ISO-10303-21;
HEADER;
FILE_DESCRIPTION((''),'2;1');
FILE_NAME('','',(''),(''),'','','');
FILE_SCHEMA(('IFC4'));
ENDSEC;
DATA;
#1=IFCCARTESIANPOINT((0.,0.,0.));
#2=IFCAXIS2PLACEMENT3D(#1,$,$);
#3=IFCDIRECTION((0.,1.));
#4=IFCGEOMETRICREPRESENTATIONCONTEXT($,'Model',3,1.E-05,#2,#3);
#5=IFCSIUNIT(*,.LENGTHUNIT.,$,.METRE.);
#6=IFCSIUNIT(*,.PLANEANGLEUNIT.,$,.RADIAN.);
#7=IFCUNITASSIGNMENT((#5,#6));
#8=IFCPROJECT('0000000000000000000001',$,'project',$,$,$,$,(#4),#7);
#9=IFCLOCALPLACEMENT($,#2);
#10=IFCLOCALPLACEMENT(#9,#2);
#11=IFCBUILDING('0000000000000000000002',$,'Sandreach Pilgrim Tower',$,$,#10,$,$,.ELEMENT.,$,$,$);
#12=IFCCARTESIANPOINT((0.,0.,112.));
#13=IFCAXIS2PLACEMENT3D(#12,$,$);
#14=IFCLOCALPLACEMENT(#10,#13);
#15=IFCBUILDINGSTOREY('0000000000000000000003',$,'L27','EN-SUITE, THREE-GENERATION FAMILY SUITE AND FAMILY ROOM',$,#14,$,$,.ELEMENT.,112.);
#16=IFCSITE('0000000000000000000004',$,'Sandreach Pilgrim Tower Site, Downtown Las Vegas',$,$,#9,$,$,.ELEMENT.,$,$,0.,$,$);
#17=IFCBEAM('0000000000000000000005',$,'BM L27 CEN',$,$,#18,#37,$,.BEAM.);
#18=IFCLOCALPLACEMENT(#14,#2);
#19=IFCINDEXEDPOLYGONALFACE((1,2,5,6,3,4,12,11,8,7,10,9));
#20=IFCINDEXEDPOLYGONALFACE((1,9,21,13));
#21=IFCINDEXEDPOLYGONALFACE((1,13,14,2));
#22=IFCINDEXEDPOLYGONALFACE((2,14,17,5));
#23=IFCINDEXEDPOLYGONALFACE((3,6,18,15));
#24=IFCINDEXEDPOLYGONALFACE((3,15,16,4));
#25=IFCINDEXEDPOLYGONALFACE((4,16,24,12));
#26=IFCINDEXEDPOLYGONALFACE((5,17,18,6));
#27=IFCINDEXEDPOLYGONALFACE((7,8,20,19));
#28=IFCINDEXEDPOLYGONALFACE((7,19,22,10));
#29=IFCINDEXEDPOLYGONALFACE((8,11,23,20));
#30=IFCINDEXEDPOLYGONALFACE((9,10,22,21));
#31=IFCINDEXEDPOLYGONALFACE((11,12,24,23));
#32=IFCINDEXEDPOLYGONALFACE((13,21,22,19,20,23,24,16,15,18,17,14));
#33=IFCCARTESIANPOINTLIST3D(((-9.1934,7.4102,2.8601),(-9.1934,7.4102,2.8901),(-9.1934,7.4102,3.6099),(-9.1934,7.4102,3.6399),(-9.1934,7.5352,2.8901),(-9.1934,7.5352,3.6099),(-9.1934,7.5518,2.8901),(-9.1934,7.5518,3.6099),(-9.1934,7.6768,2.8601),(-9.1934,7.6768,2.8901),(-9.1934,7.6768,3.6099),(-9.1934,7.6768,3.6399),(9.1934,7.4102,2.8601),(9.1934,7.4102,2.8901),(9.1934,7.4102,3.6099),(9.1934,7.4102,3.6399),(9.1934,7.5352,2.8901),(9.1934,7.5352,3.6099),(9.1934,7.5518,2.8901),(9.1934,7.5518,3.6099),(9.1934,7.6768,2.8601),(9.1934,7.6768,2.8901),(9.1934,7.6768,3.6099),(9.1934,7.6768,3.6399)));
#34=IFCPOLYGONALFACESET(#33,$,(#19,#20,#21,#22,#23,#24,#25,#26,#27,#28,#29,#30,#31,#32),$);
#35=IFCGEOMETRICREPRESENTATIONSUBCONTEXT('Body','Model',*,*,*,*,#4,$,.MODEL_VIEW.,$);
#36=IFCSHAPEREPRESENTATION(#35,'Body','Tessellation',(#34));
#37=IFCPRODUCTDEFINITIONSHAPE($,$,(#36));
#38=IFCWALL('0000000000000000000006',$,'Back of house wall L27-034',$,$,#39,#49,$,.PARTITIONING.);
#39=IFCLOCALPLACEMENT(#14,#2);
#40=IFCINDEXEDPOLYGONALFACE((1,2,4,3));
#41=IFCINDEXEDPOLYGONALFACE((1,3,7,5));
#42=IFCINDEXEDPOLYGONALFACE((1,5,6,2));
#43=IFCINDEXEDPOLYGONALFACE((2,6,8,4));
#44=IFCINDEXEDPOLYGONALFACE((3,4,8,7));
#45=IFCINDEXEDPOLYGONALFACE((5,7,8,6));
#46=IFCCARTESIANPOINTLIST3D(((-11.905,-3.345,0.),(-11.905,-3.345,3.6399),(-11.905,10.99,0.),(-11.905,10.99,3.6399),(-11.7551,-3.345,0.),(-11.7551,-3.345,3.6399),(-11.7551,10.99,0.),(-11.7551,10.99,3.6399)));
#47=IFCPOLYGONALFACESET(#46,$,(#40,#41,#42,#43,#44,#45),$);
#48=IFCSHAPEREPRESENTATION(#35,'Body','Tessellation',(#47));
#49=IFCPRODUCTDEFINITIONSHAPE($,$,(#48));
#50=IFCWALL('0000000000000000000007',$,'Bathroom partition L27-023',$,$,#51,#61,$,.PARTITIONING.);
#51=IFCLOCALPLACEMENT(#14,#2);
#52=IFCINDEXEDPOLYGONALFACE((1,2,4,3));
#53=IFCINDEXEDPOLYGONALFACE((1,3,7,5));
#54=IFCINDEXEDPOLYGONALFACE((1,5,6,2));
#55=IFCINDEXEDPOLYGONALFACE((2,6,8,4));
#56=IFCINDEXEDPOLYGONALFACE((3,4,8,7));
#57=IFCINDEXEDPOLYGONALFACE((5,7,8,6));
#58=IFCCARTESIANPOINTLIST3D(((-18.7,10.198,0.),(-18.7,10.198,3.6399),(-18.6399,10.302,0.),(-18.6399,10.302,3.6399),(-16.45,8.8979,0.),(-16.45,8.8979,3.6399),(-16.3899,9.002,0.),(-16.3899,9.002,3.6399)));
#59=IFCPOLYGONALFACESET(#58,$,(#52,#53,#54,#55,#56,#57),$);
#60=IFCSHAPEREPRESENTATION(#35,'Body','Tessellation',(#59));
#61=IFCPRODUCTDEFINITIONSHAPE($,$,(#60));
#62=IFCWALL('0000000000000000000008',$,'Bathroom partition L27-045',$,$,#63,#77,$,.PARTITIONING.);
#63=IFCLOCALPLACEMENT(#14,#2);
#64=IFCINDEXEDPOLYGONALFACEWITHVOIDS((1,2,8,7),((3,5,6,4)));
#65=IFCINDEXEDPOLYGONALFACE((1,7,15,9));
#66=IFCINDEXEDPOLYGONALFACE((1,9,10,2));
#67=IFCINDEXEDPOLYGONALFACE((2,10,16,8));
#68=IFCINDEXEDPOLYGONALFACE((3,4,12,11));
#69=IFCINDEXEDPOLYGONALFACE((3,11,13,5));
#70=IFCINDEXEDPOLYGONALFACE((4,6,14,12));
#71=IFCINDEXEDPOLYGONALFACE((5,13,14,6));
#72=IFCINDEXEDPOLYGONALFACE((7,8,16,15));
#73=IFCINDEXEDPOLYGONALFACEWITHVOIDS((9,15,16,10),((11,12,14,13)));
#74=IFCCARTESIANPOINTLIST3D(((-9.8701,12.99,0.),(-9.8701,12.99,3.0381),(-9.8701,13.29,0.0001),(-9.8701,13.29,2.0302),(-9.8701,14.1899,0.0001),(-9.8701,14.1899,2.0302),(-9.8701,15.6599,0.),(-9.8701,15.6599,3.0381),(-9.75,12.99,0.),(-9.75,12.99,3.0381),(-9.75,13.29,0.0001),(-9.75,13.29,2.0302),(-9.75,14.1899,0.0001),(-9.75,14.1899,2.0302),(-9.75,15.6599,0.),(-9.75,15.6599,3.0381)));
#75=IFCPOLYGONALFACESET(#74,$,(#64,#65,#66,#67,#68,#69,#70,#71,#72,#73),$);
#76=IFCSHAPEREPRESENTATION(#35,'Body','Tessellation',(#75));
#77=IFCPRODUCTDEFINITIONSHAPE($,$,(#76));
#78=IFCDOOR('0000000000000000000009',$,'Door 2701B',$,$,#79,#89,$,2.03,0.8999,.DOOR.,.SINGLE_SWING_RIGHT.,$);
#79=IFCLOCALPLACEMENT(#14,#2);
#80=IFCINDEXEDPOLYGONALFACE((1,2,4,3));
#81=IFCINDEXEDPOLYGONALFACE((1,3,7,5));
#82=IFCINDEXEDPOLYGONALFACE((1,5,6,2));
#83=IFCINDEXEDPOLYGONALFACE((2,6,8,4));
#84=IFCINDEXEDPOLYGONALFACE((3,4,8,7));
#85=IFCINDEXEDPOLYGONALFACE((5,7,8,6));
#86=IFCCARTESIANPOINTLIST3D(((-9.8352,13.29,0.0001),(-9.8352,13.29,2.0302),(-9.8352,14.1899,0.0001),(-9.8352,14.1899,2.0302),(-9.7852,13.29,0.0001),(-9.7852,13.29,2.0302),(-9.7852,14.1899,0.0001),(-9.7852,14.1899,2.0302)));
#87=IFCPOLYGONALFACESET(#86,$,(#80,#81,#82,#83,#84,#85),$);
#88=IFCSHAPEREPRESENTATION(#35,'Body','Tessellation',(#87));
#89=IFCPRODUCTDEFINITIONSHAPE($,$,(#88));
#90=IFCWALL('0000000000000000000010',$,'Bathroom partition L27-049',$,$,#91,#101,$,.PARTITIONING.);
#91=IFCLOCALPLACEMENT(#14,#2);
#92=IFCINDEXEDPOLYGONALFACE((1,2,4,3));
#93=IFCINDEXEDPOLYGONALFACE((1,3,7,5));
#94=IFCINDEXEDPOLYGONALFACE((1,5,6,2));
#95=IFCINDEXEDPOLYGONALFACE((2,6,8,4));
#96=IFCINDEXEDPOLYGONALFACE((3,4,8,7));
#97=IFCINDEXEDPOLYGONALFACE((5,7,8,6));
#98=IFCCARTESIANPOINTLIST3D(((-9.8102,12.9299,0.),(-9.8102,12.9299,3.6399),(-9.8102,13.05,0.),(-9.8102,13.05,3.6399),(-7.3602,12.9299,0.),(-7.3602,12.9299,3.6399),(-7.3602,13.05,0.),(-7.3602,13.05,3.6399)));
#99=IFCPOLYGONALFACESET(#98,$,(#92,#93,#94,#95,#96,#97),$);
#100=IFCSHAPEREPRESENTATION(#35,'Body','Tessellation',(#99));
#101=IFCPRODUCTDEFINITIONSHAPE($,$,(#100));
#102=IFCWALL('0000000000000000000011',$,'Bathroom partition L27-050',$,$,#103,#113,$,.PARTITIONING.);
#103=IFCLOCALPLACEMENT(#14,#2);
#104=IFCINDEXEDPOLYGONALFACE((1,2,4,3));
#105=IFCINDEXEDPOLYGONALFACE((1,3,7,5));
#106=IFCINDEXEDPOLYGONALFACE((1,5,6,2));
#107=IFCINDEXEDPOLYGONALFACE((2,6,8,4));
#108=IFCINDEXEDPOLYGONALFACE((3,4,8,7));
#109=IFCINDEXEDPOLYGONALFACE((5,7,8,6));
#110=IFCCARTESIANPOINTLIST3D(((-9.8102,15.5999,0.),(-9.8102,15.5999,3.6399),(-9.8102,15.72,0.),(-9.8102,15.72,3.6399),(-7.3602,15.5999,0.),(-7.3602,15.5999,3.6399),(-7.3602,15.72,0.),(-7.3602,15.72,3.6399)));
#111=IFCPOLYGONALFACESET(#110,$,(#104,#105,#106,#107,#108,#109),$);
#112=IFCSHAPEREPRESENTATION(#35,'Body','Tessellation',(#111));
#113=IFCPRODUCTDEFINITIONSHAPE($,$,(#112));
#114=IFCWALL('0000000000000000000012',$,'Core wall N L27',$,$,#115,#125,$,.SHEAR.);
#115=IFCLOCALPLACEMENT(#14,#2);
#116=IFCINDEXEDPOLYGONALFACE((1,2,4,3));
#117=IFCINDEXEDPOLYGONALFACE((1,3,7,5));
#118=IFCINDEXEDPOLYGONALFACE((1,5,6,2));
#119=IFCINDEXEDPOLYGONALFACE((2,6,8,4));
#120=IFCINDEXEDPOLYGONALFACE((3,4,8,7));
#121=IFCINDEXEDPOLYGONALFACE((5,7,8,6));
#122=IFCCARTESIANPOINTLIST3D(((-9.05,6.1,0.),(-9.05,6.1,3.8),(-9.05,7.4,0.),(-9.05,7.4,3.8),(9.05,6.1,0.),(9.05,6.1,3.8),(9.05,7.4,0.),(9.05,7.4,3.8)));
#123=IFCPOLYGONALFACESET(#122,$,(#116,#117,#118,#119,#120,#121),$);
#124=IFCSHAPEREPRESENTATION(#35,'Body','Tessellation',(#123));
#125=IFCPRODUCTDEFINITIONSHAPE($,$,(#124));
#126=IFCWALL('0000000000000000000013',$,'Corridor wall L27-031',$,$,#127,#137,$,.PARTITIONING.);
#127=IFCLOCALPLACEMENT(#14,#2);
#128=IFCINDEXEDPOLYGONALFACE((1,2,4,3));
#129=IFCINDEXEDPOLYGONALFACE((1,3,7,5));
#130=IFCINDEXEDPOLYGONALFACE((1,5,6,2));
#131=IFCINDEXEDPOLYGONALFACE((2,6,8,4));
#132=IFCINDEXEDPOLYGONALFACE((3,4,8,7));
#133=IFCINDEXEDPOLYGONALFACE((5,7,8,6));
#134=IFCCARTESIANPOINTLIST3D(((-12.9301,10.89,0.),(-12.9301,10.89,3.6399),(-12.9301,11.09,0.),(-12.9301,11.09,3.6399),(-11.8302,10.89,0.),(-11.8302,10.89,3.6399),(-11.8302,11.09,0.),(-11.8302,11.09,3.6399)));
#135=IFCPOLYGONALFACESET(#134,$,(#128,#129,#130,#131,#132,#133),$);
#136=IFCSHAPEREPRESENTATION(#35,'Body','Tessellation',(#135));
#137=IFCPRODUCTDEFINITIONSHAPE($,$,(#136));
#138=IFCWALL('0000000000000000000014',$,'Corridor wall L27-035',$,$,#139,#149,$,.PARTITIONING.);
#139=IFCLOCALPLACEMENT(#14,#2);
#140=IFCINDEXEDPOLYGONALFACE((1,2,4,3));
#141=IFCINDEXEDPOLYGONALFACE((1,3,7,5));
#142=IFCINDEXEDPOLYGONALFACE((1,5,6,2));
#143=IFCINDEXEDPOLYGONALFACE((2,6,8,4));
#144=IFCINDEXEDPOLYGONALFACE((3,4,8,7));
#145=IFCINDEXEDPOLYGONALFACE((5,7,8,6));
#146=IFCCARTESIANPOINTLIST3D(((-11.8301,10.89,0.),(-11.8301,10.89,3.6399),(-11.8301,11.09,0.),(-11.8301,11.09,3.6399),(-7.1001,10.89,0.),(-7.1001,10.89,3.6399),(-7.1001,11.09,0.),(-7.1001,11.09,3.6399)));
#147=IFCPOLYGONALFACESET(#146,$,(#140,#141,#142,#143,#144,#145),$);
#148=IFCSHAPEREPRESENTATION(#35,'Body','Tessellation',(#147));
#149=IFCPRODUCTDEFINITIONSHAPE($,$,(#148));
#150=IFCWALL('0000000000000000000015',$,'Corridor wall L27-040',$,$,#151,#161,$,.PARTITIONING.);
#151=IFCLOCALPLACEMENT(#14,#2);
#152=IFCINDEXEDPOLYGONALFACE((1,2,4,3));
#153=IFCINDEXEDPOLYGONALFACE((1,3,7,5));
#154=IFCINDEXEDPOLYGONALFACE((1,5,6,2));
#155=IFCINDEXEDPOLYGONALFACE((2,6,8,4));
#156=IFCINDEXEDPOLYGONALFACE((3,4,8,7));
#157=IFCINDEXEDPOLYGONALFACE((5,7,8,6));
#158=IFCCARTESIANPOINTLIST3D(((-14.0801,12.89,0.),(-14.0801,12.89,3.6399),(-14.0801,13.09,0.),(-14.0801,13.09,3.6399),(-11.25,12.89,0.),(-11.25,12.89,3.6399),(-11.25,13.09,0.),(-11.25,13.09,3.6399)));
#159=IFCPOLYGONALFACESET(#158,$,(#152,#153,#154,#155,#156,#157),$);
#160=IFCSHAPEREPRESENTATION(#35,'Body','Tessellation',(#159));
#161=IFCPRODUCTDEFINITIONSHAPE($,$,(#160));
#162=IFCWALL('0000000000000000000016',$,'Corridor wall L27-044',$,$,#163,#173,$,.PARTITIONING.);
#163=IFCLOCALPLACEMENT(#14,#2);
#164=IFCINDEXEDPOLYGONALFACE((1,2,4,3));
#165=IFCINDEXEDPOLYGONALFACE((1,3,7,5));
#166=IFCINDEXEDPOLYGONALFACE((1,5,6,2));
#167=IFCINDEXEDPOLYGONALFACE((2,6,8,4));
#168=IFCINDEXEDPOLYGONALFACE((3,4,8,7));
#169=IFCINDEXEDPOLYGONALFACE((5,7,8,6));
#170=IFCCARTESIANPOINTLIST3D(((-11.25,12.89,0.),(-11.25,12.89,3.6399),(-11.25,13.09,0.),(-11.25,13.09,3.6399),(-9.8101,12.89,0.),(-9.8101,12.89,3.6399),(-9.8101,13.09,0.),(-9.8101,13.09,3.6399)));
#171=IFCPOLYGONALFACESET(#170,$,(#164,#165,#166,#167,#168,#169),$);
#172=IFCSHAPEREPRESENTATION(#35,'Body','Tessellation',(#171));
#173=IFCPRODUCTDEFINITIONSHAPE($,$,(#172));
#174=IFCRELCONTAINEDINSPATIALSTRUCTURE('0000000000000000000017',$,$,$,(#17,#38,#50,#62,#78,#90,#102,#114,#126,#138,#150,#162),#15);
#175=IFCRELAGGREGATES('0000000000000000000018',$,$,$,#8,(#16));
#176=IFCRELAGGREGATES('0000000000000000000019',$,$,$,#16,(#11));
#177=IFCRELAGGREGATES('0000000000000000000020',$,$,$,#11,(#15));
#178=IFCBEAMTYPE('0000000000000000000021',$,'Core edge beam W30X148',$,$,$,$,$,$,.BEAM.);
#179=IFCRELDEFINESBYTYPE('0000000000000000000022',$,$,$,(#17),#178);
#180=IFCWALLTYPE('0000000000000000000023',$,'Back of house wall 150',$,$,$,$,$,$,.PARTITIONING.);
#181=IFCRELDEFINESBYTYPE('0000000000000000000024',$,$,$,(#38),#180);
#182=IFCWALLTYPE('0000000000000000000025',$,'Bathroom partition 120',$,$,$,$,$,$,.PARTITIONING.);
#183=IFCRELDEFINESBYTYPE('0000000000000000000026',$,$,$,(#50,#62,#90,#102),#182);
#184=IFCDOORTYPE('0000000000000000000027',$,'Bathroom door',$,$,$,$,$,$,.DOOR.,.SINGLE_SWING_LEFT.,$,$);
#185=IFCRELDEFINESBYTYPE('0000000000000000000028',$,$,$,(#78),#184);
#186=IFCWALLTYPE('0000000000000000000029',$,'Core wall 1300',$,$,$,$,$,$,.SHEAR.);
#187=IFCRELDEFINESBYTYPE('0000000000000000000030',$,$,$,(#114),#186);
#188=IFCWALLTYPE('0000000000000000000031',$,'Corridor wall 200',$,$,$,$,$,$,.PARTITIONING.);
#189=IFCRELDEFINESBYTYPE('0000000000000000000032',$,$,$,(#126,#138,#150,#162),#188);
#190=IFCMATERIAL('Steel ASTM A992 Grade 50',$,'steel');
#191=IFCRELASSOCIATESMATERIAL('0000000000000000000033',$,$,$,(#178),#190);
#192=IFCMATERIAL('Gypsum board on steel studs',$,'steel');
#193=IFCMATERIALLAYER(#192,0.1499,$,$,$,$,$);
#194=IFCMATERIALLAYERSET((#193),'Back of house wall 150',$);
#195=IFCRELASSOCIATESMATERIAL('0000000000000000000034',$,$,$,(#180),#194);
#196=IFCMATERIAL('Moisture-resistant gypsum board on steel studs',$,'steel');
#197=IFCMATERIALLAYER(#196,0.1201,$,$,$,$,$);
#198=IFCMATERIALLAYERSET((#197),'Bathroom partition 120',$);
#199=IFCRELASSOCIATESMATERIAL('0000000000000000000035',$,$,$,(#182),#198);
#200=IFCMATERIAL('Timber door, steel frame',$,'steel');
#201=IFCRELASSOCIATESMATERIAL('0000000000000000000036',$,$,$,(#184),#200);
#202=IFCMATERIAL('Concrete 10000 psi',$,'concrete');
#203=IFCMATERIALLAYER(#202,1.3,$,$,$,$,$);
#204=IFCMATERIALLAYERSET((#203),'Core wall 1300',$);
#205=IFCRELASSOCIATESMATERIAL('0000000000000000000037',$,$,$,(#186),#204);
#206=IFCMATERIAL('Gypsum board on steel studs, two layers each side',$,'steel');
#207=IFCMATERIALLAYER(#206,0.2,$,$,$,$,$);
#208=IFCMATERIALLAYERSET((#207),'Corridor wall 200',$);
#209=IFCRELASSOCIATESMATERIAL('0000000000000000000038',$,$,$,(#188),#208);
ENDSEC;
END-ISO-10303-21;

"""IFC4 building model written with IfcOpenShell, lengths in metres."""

from ifc_helpers import new_model, si_unit, direction, frame, frame_2d, origin, origin_2d, place, context, subcontext, project, spatial, rectangle, i_section, extrude, material, layer, layer_set, material_profile, profile_set, type_object, element, fill, save


model = new_model("IFC4")

# Units and contexts
model_context = context("Model", 3, precision=1e-05, world=origin(), true_north=direction((0.0, 1.0)))
body_context = subcontext(model_context, "Body", "Model", "MODEL_VIEW")
ifc_project = project(units=[si_unit("LENGTHUNIT", "METRE"), si_unit("PLANEANGLEUNIT", "RADIAN")], contexts=[model_context])

# Site, building, storey
site_placement = place(None, origin())
site = spatial("IfcSite", under=ifc_project, at=site_placement, Name="Sandreach Pilgrim Tower Site, Downtown Las Vegas", CompositionType="ELEMENT", RefElevation=0.0)
building_placement = place(site_placement, origin())
building = spatial("IfcBuilding", under=site, at=building_placement, Name="Sandreach Pilgrim Tower", CompositionType="ELEMENT")
storey_placement = place(building_placement, frame((0.0, 0.0, 112.0)))
storey = spatial("IfcBuildingStorey", under=building, at=storey_placement, Name="L27", Description="EN-SUITE, THREE-GENERATION FAMILY SUITE AND FAMILY ROOM", CompositionType="ELEMENT", Elevation=112.0)

# Beam
ifc_material_1 = material(Name="Steel ASTM A992 Grade 50", Category="steel")
ifc_material_profile = material_profile(ifc_material_1, i_section(OverallWidth=0.2666, OverallDepth=0.7798, WebThickness=0.0166, FlangeThickness=0.03, at=origin_2d()), Name="W30X148")
ifc_profile_set = profile_set([ifc_material_profile], Name="Steel ASTM A992 Grade 50")
beam_type = type_object("IfcBeamType", Name="Core edge beam W30X148", PredefinedType="BEAM", material=ifc_profile_set)
beam_placement = place(storey_placement, frame((-9.1934, 7.5435, 3.25), z_axis=(1.0, 0.0, 0.0), x_axis=(0.0, 1.0, 0.0)))
element("IfcBeam", 1, at=beam_placement, inside=storey, type_object=beam_type, Name="BM L27 CEN", PredefinedType="BEAM", context=body_context, shape_type="SweptSolid", body=[
    extrude(i_section(OverallWidth=0.2666, OverallDepth=0.7798, WebThickness=0.0166, FlangeThickness=0.03, at=origin_2d()), origin(), (0.0, 0.0, 1.0), 18.3867),
])

# Walls
ifc_material_2 = material(Name="Gypsum board on steel studs", Category="steel")
ifc_layer_1 = layer(ifc_material_2, 0.1499)
ifc_layer_set_1 = layer_set([ifc_layer_1], Name="Back of house wall 150")
wall_type_1 = type_object("IfcWallType", Name="Back of house wall 150", PredefinedType="PARTITIONING", material=ifc_layer_set_1)
wall_1_placement = place(storey_placement, frame((-11.8301, 10.99, 0.0), z_axis=(0.0, 0.0, 1.0), x_axis=(0.0, -1.0, 0.0)))
element("IfcWall", 2, at=wall_1_placement, inside=storey, type_object=wall_type_1, Name="Back of house wall L27-034", PredefinedType="PARTITIONING", context=body_context, shape_type="SweptSolid", body=[
    extrude(rectangle(XDim=14.335, YDim=0.1499, at=frame_2d((7.1675, 0.0))), origin(), (0.0, 0.0, 1.0), 3.6399),
])
ifc_material_3 = material(Name="Moisture-resistant gypsum board on steel studs", Category="steel")
ifc_layer_2 = layer(ifc_material_3, 0.1201)
ifc_layer_set_2 = layer_set([ifc_layer_2], Name="Bathroom partition 120")
wall_type_2 = type_object("IfcWallType", Name="Bathroom partition 120", PredefinedType="PARTITIONING", material=ifc_layer_set_2)
wall_2_placement = place(storey_placement, frame((-16.4199, 8.95, 0.0), z_axis=(0.0, 0.0, 1.0), x_axis=(-0.865857, 0.500292, 0.0)))
element("IfcWall", 3, at=wall_2_placement, inside=storey, type_object=wall_type_2, Name="Bathroom partition L27-023", PredefinedType="PARTITIONING", context=body_context, shape_type="SweptSolid", body=[
    extrude(rectangle(XDim=2.5986, YDim=0.1201, at=frame_2d((1.2993, 0.0))), origin(), (0.0, 0.0, 1.0), 3.6399),
])

# Wall, opening, door
wall_3_placement = place(storey_placement, frame((-9.8101, 15.6599, 0.0), z_axis=(0.0, 0.0, 1.0), x_axis=(0.0, -1.0, 0.0)))
wall_3 = element("IfcWall", 4, at=wall_3_placement, inside=storey, type_object=wall_type_2, Name="Bathroom partition L27-045", PredefinedType="PARTITIONING", context=body_context, shape_type="SweptSolid", body=[
    extrude(rectangle(XDim=2.6699, YDim=0.1201, at=frame_2d((1.335, 0.0))), origin(), (0.0, 0.0, 1.0), 3.0381),
])
opening_1_placement = place(wall_3_placement, frame((1.47, 0.0, 0.0)))
opening_1 = element("IfcOpeningElement", 5, at=opening_1_placement, cuts=wall_3, PredefinedType="OPENING", context=body_context, shape_type="SweptSolid", body=[
    extrude(rectangle(XDim=0.8999, YDim=2.03, at=frame_2d((0.45, 1.0151))), frame((0.0, 0.0601, 0.0), z_axis=(0.0, -1.0, 0.0), x_axis=(1.0, 0.0, 0.0)), (0.0, 0.0, 1.0), 0.1201),
])
ifc_material_4 = material(Name="Timber door, steel frame", Category="steel")
door_type_1 = type_object("IfcDoorType", Name="Bathroom door", OperationType="SINGLE_SWING_LEFT", PredefinedType="DOOR", material=ifc_material_4)
door_1_placement = place(opening_1_placement, origin())
door_1 = element("IfcDoor", 6, at=door_1_placement, inside=storey, type_object=door_type_1, Name="Door 2701B", OperationType="SINGLE_SWING_RIGHT", OverallHeight=2.03, OverallWidth=0.8999, PredefinedType="DOOR", context=body_context, shape_type="SweptSolid", body=[
    extrude(rectangle(XDim=0.8999, YDim=2.03, at=frame_2d((0.45, 1.0151))), frame((0.0, 0.0249, 0.0), z_axis=(0.0, -1.0, 0.0), x_axis=(1.0, 0.0, 0.0)), (0.0, 0.0, 1.0), 0.05),
])
fill(opening_1, door_1)

# Walls
for number, where, z_axis, x_axis, name in (
    (7, (-7.3601, 12.99, 0.0), (0.0, 0.0, 1.0), (-1.0, 0.0, 0.0), "Bathroom partition L27-049"),
    (8, (-7.3601, 15.6599, 0.0), (0.0, 0.0, 1.0), (-1.0, 0.0, 0.0), "Bathroom partition L27-050"),
):
    element("IfcWall", number, at=place(storey_placement, frame(where, z_axis=z_axis, x_axis=x_axis)), inside=storey, type_object=wall_type_2, Name=name, PredefinedType="PARTITIONING", context=body_context, shape_type="SweptSolid", body=[
        extrude(rectangle(XDim=2.45, YDim=0.1201, at=frame_2d((1.2251, 0.0))), origin(), (0.0, 0.0, 1.0), 3.6399),
    ])

# Wall
ifc_material_5 = material(Name="Concrete 10000 psi", Category="concrete")
ifc_layer_3 = layer(ifc_material_5, 1.3)
ifc_layer_set_3 = layer_set([ifc_layer_3], Name="Core wall 1300")
wall_type_3 = type_object("IfcWallType", Name="Core wall 1300", PredefinedType="SHEAR", material=ifc_layer_set_3)
wall_4_placement = place(storey_placement, frame((-9.05, 6.75, 0.0), z_axis=(0.0, 0.0, 1.0), x_axis=(1.0, 0.0, 0.0)))
element("IfcWall", 9, at=wall_4_placement, inside=storey, type_object=wall_type_3, Name="Core wall N L27", PredefinedType="SHEAR", context=body_context, shape_type="SweptSolid", body=[
    extrude(rectangle(XDim=18.1001, YDim=1.3, at=frame_2d((9.05, 0.0))), origin(), (0.0, 0.0, 1.0), 3.8),
])

# Shared definitions
ifc_material_6 = material(Name="Gypsum board on steel studs, two layers each side", Category="steel")
ifc_layer_4 = layer(ifc_material_6, 0.2)
ifc_layer_set_4 = layer_set([ifc_layer_4], Name="Corridor wall 200")
wall_type_4 = type_object("IfcWallType", Name="Corridor wall 200", PredefinedType="PARTITIONING", material=ifc_layer_set_4)

# Walls
wall_5_placement = place(storey_placement, frame((-12.9299, 10.99, 0.0), z_axis=(0.0, 0.0, 1.0), x_axis=(1.0, 0.0, 0.0)))
element("IfcWall", 10, at=wall_5_placement, inside=storey, type_object=wall_type_4, Name="Corridor wall L27-031", PredefinedType="PARTITIONING", context=body_context, shape_type="SweptSolid", body=[
    extrude(rectangle(XDim=1.0999, YDim=0.2, at=frame_2d((0.5498, 0.0))), origin(), (0.0, 0.0, 1.0), 3.6399),
])
wall_6_placement = place(storey_placement, frame((-11.8301, 10.99, 0.0), z_axis=(0.0, 0.0, 1.0), x_axis=(1.0, 0.0, 0.0)))
element("IfcWall", 11, at=wall_6_placement, inside=storey, type_object=wall_type_4, Name="Corridor wall L27-035", PredefinedType="PARTITIONING", context=body_context, shape_type="SweptSolid", body=[
    extrude(rectangle(XDim=4.73, YDim=0.2, at=frame_2d((2.365, 0.0))), origin(), (0.0, 0.0, 1.0), 3.6399),
])
wall_7_placement = place(storey_placement, frame((-11.25, 12.99, 0.0), z_axis=(0.0, 0.0, 1.0), x_axis=(-1.0, 0.0, 0.0)))
element("IfcWall", 12, at=wall_7_placement, inside=storey, type_object=wall_type_4, Name="Corridor wall L27-040", PredefinedType="PARTITIONING", context=body_context, shape_type="SweptSolid", body=[
    extrude(rectangle(XDim=2.8301, YDim=0.2, at=frame_2d((1.415, 0.0))), origin(), (0.0, 0.0, 1.0), 3.6399),
])

# Wall
wall_8_placement = place(storey_placement, frame((-9.8101, 12.99, 0.0), z_axis=(0.0, 0.0, 1.0), x_axis=(-1.0, 0.0, 0.0)))
element("IfcWall", 13, at=wall_8_placement, inside=storey, type_object=wall_type_4, Name="Corridor wall L27-044", PredefinedType="PARTITIONING", context=body_context, shape_type="SweptSolid", body=[
    extrude(rectangle(XDim=1.4399, YDim=0.2, at=frame_2d((0.72, 0.0))), origin(), (0.0, 0.0, 1.0), 3.6399),
])

save(model, "model.ifc")
